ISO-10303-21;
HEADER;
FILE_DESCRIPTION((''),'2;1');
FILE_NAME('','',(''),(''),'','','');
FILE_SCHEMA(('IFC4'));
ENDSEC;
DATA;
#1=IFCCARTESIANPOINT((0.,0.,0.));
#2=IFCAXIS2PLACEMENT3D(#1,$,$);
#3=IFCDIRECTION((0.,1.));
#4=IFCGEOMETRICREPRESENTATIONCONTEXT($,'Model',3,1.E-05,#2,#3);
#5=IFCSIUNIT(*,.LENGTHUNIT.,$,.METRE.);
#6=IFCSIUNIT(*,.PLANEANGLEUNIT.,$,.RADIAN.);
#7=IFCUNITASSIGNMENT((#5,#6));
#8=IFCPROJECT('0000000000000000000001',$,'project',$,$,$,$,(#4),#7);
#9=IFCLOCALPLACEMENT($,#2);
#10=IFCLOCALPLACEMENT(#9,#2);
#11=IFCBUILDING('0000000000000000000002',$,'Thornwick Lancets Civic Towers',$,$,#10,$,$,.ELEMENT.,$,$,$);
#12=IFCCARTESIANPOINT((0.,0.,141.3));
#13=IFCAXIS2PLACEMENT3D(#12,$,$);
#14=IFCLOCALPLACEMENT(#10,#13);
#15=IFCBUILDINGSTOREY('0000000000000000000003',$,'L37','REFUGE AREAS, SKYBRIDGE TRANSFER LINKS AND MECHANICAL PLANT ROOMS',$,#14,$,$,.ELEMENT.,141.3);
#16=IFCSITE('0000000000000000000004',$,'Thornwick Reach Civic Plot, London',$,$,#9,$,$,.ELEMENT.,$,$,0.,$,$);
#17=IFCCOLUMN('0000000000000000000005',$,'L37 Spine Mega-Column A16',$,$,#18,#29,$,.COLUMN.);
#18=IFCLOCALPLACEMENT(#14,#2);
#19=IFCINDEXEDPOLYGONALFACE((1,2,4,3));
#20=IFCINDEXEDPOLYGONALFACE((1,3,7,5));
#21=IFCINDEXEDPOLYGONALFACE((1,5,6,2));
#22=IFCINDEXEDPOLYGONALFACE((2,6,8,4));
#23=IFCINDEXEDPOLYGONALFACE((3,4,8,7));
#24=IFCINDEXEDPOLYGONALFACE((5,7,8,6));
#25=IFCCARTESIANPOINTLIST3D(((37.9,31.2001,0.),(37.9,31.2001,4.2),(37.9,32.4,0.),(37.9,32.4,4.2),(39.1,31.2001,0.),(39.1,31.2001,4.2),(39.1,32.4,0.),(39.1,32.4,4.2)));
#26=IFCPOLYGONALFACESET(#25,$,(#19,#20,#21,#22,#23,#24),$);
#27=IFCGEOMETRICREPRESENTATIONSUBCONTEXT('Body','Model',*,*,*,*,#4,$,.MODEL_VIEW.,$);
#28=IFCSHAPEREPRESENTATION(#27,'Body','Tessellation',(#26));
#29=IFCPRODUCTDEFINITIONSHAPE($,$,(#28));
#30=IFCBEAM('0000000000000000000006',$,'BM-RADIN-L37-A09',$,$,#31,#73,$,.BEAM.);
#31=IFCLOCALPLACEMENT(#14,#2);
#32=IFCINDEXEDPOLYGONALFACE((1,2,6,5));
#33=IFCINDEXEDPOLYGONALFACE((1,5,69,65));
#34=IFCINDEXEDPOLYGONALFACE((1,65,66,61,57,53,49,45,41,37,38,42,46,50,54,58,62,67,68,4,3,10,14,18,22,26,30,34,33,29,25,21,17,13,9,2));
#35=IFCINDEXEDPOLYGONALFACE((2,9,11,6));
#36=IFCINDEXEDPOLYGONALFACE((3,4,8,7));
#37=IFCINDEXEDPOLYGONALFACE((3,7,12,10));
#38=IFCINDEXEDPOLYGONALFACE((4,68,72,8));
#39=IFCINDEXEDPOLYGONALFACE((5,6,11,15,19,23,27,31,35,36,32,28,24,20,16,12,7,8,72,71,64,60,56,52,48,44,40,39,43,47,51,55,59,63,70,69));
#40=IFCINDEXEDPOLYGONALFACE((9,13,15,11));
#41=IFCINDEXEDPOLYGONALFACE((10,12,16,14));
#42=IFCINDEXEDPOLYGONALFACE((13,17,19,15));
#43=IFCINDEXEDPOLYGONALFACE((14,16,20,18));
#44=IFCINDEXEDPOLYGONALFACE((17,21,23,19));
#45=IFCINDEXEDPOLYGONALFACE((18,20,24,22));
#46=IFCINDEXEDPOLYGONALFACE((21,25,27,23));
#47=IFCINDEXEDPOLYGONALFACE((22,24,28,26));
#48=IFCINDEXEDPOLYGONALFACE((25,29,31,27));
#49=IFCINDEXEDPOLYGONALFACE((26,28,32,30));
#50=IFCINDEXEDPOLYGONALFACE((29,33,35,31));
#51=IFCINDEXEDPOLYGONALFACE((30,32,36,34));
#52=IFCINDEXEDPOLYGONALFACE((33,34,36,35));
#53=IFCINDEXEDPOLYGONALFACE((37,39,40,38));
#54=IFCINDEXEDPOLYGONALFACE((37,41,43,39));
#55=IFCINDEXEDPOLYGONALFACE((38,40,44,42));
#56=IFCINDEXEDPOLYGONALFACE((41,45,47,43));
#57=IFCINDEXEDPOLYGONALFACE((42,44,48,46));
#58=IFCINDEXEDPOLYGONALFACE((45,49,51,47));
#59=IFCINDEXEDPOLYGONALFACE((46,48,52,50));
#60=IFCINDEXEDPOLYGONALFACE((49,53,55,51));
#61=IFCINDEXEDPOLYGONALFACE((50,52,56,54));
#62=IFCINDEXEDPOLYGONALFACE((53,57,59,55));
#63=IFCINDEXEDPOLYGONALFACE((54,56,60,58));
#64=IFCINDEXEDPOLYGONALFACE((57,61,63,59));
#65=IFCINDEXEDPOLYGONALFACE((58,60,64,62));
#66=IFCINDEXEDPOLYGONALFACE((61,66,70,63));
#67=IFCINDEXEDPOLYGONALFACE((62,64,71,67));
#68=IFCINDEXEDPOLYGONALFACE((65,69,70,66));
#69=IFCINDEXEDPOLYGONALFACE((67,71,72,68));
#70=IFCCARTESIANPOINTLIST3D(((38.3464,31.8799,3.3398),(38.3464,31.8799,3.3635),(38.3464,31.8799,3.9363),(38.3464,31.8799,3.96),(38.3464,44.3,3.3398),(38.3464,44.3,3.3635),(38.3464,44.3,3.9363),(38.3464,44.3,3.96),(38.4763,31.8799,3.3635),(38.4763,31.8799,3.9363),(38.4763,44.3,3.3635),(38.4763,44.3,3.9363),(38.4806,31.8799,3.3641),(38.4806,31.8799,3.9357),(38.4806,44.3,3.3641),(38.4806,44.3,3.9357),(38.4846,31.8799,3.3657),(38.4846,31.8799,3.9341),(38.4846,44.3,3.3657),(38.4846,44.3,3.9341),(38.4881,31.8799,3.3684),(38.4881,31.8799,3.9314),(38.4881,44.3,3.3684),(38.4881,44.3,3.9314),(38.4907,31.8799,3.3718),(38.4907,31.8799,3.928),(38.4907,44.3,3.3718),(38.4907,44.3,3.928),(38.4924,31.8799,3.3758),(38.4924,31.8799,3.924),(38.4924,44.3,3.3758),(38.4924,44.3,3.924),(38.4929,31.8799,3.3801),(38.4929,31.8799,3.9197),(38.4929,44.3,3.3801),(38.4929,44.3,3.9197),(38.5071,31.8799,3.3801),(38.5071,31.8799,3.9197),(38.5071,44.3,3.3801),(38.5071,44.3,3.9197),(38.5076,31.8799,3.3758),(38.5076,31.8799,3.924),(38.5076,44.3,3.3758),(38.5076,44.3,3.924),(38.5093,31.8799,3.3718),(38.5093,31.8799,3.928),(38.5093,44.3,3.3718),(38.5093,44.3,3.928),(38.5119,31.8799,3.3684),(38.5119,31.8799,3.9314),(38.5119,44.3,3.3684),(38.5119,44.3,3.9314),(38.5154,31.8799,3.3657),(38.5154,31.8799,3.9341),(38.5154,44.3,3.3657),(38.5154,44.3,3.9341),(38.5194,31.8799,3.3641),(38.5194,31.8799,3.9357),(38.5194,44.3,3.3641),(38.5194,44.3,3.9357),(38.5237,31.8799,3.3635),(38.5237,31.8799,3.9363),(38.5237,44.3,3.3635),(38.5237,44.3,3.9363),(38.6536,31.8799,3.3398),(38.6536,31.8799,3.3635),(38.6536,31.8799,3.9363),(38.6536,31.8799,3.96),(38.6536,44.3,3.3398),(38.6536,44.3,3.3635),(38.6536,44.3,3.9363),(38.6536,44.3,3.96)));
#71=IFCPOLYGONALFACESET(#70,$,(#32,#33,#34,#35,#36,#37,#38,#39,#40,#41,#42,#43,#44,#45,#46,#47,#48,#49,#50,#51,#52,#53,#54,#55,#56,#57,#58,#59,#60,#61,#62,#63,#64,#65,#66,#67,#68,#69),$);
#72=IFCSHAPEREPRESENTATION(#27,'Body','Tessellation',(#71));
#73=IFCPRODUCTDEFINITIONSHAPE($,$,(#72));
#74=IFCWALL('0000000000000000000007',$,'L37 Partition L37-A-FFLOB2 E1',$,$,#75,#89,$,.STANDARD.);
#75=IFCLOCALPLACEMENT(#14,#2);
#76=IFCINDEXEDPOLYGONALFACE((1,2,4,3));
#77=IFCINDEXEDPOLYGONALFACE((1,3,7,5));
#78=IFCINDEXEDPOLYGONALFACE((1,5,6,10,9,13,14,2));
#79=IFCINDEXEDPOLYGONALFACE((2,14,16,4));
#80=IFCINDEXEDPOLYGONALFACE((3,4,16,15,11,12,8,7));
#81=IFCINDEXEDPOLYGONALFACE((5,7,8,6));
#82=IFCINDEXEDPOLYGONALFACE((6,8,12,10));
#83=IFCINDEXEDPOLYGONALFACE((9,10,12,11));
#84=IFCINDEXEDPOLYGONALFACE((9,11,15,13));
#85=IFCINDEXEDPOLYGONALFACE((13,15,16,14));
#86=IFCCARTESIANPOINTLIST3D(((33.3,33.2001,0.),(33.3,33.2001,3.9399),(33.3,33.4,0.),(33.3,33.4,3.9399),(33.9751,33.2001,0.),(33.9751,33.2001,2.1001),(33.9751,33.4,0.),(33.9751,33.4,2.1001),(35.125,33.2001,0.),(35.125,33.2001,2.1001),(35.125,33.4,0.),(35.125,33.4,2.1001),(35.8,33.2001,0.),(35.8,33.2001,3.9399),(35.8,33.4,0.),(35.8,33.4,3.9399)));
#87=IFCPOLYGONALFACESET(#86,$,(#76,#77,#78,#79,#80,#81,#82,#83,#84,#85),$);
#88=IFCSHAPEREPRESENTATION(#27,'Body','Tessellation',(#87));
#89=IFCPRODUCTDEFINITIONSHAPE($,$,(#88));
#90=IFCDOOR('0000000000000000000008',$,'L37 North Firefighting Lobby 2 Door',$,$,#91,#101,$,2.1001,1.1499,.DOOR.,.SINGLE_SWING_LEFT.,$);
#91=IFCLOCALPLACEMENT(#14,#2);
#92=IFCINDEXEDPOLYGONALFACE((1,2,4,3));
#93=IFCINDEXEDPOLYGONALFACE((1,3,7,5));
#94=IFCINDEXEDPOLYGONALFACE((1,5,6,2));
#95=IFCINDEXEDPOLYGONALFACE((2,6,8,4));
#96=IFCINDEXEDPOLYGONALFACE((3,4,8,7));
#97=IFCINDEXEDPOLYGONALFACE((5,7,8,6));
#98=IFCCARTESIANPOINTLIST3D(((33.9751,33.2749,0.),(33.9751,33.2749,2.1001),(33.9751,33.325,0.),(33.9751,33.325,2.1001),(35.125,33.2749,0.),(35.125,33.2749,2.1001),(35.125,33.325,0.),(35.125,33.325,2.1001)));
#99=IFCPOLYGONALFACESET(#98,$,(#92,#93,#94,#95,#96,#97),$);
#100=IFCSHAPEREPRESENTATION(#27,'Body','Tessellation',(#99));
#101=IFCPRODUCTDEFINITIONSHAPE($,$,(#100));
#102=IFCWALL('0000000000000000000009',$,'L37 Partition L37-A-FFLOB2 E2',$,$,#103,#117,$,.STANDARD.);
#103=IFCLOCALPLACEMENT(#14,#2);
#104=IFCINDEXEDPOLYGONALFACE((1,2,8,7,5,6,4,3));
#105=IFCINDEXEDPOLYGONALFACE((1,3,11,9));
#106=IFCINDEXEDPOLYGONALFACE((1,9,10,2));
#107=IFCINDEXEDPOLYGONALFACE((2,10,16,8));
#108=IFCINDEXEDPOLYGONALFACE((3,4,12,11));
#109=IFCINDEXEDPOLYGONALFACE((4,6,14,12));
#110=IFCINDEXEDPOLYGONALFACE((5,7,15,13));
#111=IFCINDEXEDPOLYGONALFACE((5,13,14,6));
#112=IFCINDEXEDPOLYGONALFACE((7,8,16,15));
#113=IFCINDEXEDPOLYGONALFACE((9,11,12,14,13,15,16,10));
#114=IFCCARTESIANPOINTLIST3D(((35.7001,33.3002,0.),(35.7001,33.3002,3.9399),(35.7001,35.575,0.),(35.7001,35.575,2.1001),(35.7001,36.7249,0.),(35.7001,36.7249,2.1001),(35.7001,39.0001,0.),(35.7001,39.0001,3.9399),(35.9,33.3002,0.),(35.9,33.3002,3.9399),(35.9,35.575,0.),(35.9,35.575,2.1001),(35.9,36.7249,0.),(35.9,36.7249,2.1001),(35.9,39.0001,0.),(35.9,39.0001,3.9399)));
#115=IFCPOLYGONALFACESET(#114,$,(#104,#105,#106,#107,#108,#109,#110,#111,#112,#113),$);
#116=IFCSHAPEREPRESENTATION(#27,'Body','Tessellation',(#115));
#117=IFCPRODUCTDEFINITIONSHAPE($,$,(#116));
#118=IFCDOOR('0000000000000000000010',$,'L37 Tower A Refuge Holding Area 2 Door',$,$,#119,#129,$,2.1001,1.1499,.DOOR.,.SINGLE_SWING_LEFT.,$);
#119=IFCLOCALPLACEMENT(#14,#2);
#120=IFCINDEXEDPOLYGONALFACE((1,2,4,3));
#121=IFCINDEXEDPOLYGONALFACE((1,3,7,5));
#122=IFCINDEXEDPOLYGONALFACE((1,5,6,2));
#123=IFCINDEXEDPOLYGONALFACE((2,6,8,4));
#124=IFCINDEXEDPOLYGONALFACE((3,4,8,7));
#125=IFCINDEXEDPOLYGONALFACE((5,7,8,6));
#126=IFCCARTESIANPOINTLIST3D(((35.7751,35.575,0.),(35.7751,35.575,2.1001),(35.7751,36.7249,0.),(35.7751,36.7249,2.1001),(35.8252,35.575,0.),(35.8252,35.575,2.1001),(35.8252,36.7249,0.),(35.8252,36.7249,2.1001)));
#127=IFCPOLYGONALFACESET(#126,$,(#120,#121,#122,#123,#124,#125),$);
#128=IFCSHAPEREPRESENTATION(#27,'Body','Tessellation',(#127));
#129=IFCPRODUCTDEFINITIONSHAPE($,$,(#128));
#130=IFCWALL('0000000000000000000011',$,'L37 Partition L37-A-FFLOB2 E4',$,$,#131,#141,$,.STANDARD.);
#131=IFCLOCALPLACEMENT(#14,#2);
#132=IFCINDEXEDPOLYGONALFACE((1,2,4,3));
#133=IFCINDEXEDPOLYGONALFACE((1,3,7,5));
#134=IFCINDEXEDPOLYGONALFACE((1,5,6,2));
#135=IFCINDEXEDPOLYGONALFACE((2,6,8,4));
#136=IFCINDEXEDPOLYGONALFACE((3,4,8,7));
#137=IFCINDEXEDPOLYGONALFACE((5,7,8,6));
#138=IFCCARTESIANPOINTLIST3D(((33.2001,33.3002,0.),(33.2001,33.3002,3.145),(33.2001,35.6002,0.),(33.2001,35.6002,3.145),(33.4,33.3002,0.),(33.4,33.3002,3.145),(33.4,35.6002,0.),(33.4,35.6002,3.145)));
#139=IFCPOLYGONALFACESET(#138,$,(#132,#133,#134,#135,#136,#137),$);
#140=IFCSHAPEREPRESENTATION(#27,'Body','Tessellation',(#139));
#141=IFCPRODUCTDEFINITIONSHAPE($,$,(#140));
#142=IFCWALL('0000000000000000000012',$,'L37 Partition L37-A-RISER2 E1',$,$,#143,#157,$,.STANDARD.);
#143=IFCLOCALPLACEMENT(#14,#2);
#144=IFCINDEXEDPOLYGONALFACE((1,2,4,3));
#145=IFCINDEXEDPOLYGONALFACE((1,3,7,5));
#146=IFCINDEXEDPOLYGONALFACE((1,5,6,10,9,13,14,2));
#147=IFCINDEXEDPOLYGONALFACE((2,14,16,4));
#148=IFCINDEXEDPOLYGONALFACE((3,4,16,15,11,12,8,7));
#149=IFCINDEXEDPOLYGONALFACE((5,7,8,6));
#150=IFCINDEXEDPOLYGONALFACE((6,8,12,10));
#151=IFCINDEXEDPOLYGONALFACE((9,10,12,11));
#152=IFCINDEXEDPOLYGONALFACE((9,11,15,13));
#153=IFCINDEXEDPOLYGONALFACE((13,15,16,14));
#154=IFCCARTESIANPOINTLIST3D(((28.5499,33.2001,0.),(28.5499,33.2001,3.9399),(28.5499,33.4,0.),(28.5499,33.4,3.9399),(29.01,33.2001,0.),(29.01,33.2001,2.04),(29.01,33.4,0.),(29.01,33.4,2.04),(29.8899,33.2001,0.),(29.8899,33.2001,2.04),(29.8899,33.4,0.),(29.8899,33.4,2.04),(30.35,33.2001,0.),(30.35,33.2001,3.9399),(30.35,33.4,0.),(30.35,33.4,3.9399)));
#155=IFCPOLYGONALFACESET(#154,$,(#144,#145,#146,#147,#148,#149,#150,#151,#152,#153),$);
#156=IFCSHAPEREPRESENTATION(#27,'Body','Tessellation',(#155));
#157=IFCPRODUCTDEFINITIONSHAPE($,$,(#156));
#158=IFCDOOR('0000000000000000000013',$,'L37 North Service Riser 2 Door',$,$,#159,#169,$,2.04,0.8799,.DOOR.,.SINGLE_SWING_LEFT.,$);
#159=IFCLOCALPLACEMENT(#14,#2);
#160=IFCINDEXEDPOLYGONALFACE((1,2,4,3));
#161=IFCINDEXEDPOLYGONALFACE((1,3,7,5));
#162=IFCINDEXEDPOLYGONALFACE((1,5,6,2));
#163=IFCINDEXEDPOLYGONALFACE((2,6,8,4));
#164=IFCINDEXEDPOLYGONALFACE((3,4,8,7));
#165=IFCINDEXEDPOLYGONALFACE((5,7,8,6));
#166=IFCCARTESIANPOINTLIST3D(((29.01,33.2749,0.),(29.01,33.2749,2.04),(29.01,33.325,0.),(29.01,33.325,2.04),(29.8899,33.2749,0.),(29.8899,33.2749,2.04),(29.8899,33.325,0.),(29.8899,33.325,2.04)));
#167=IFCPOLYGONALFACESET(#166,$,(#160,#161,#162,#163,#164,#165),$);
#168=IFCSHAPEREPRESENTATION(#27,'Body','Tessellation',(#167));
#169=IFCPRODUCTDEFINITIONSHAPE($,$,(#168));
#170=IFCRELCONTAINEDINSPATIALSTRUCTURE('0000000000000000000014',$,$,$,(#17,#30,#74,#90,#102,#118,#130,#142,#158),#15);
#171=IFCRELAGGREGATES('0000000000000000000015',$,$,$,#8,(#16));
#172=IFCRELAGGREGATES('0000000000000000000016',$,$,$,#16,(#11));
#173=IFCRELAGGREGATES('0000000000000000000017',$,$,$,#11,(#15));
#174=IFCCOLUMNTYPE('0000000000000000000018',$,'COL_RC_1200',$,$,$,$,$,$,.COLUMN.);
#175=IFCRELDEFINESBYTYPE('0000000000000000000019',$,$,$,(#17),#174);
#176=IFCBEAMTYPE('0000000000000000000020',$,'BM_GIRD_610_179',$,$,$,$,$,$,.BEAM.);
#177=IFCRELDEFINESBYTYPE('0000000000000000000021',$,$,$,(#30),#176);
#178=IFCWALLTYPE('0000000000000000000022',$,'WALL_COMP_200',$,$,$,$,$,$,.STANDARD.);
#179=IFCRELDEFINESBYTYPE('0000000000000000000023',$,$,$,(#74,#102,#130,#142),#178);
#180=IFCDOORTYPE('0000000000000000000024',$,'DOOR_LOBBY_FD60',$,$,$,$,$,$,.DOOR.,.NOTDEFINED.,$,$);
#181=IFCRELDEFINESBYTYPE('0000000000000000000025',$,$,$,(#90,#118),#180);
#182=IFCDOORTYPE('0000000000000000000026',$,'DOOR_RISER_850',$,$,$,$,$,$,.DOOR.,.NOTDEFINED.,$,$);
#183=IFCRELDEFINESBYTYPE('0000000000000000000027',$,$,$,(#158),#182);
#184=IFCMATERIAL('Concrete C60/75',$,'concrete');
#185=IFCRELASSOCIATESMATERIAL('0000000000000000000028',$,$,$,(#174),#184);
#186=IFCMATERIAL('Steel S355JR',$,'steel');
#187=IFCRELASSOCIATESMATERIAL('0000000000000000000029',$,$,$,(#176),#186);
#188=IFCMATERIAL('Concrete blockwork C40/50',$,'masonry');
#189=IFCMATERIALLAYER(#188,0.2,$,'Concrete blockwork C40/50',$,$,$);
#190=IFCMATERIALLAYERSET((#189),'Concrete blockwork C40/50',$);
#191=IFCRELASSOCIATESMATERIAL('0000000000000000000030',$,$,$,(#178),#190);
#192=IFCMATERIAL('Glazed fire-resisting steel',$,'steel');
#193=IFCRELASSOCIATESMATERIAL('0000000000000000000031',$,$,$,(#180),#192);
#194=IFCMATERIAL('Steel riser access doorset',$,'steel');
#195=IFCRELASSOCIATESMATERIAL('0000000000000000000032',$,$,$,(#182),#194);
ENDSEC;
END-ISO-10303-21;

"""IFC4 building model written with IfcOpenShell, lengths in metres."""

from ifc_helpers import new_model, si_unit, direction, frame, frame_2d, origin, origin_2d, place, context, subcontext, project, spatial, rectangle, i_section, extrude, material, layer, layer_set, material_profile, profile_set, type_object, element, fill, save


model = new_model("IFC4")

# Units and contexts
model_context = context("Model", 3, precision=1e-05, world=origin(), true_north=direction((0.0, 1.0)))
body_context = subcontext(model_context, "Body", "Model", "MODEL_VIEW")
ifc_project = project(units=[si_unit("LENGTHUNIT", "METRE"), si_unit("PLANEANGLEUNIT", "RADIAN")], contexts=[model_context])

# Site, building, storey
site_placement = place(None, origin())
site = spatial("IfcSite", under=ifc_project, at=site_placement, Name="Thornwick Reach Civic Plot, London", CompositionType="ELEMENT", RefElevation=0.0)
building_placement = place(site_placement, origin())
building = spatial("IfcBuilding", under=site, at=building_placement, Name="Thornwick Lancets Civic Towers", CompositionType="ELEMENT")
storey_placement = place(building_placement, frame((0.0, 0.0, 141.3)))
storey = spatial("IfcBuildingStorey", under=building, at=storey_placement, Name="L37", Description="REFUGE AREAS, SKYBRIDGE TRANSFER LINKS AND MECHANICAL PLANT ROOMS", CompositionType="ELEMENT", Elevation=141.3)

# Column
ifc_material_1 = material(Name="Concrete C60/75", Category="concrete")
ifc_material_profile_1 = material_profile(ifc_material_1, rectangle(XDim=1.2, YDim=1.2, at=origin_2d()), Name="RC 1200x1200")
ifc_profile_set_1 = profile_set([ifc_material_profile_1], Name="Concrete C60/75")
column_type = type_object("IfcColumnType", Name="COL_RC_1200", PredefinedType="COLUMN", material=ifc_profile_set_1)
column_placement = place(storey_placement, frame((38.5, 31.8, 0.0), z_axis=(0.0, 0.0, 1.0), x_axis=(1.0, 0.0, 0.0)))
element("IfcColumn", 1, at=column_placement, inside=storey, type_object=column_type, Name="L37 Spine Mega-Column A16", PredefinedType="COLUMN", context=body_context, shape_type="SweptSolid", body=[
    extrude(rectangle(XDim=1.2, YDim=1.2, at=origin_2d()), origin(), (0.0, 0.0, 1.0), 4.2),
])

# Beam
ifc_material_2 = material(Name="Steel S355JR", Category="steel")
ifc_material_profile_2 = material_profile(ifc_material_2, i_section(OverallWidth=0.3071, OverallDepth=0.6201, WebThickness=0.0142, FlangeThickness=0.0237, FilletRadius=0.0166, at=origin_2d()), Name="UKB 610x305x179")
ifc_profile_set_2 = profile_set([ifc_material_profile_2], Name="Steel S355JR")
beam_type = type_object("IfcBeamType", Name="BM_GIRD_610_179", PredefinedType="BEAM", material=ifc_profile_set_2)
beam_placement = place(storey_placement, frame((38.5, 31.8799, 3.6499), z_axis=(0.0, 1.0, 0.0), x_axis=(-1.0, 0.0, 0.0)))
element("IfcBeam", 2, at=beam_placement, inside=storey, type_object=beam_type, Name="BM-RADIN-L37-A09", PredefinedType="BEAM", context=body_context, shape_type="SweptSolid", body=[
    extrude(i_section(OverallWidth=0.3071, OverallDepth=0.6201, WebThickness=0.0142, FlangeThickness=0.0237, FilletRadius=0.0166, at=origin_2d()), origin(), (0.0, 0.0, 1.0), 12.4202),
])

# Walls, openings, doors
ifc_material_3 = material(Name="Concrete blockwork C40/50", Category="masonry")
ifc_layer_1 = layer(ifc_material_3, 0.2, Name="Concrete blockwork C40/50")
ifc_layer_set_1 = layer_set([ifc_layer_1], Name="Concrete blockwork C40/50")
wall_type_1 = type_object("IfcWallType", Name="WALL_COMP_200", PredefinedType="STANDARD", material=ifc_layer_set_1)
wall_1_placement = place(storey_placement, frame((33.3, 33.3, 0.0), z_axis=(0.0, 0.0, 1.0), x_axis=(1.0, 0.0, 0.0)))
wall_1 = element("IfcWall", 3, at=wall_1_placement, inside=storey, type_object=wall_type_1, Name="L37 Partition L37-A-FFLOB2 E1", PredefinedType="STANDARD", context=body_context, shape_type="SweptSolid", body=[
    extrude(rectangle(XDim=2.5, YDim=0.2, at=frame_2d((1.25, 0.0))), origin(), (0.0, 0.0, 1.0), 3.9399),
])
opening_1_placement = place(wall_1_placement, frame((0.675, 0.0, 0.0)))
opening_1 = element("IfcOpeningElement", 4, at=opening_1_placement, cuts=wall_1, PredefinedType="OPENING", context=body_context, shape_type="SweptSolid", body=[
    extrude(rectangle(XDim=1.1499, YDim=2.1001, at=frame_2d((0.575, 1.05))), frame((0.0, 0.1099, 0.0), z_axis=(0.0, -1.0, 0.0), x_axis=(1.0, 0.0, 0.0)), (0.0, 0.0, 1.0), 0.22),
])
ifc_material_4 = material(Name="Glazed fire-resisting steel", Category="steel")
door_type_1 = type_object("IfcDoorType", Name="DOOR_LOBBY_FD60", OperationType="NOTDEFINED", PredefinedType="DOOR", material=ifc_material_4)
door_1_placement = place(opening_1_placement, origin())
door_1 = element("IfcDoor", 5, at=door_1_placement, inside=storey, type_object=door_type_1, Name="L37 North Firefighting Lobby 2 Door", OperationType="SINGLE_SWING_LEFT", OverallHeight=2.1001, OverallWidth=1.1499, PredefinedType="DOOR", context=body_context, shape_type="SweptSolid", body=[
    extrude(rectangle(XDim=1.1499, YDim=2.1001, at=frame_2d((0.575, 1.05))), frame((0.0, 0.0249, 0.0), z_axis=(0.0, -1.0, 0.0), x_axis=(1.0, 0.0, 0.0)), (0.0, 0.0, 1.0), 0.05),
])
fill(opening_1, door_1)
wall_2_placement = place(storey_placement, frame((35.8, 33.3, 0.0), z_axis=(0.0, 0.0, 1.0), x_axis=(0.0, 1.0, 0.0)))
wall_2 = element("IfcWall", 6, at=wall_2_placement, inside=storey, type_object=wall_type_1, Name="L37 Partition L37-A-FFLOB2 E2", PredefinedType="STANDARD", context=body_context, shape_type="SweptSolid", body=[
    extrude(rectangle(XDim=5.7, YDim=0.2, at=frame_2d((2.8501, 0.0))), origin(), (0.0, 0.0, 1.0), 3.9399),
])
opening_2_placement = place(wall_2_placement, frame((2.2749, 0.0, 0.0)))
opening_2 = element("IfcOpeningElement", 7, at=opening_2_placement, cuts=wall_2, PredefinedType="OPENING", context=body_context, shape_type="SweptSolid", body=[
    extrude(rectangle(XDim=1.1499, YDim=2.1001, at=frame_2d((0.575, 1.05))), frame((0.0, 0.1099, 0.0), z_axis=(0.0, -1.0, 0.0), x_axis=(1.0, 0.0, 0.0)), (0.0, 0.0, 1.0), 0.22),
])
door_2_placement = place(opening_2_placement, origin())
door_2 = element("IfcDoor", 8, at=door_2_placement, inside=storey, type_object=door_type_1, Name="L37 Tower A Refuge Holding Area 2 Door", OperationType="SINGLE_SWING_LEFT", OverallHeight=2.1001, OverallWidth=1.1499, PredefinedType="DOOR", context=body_context, shape_type="SweptSolid", body=[
    extrude(rectangle(XDim=1.1499, YDim=2.1001, at=frame_2d((0.575, 1.05))), frame((0.0, 0.0249, 0.0), z_axis=(0.0, -1.0, 0.0), x_axis=(1.0, 0.0, 0.0)), (0.0, 0.0, 1.0), 0.05),
])
fill(opening_2, door_2)

# Wall
wall_3_placement = place(storey_placement, frame((33.3, 35.6001, 0.0), z_axis=(0.0, 0.0, 1.0), x_axis=(0.0, -1.0, 0.0)))
element("IfcWall", 9, at=wall_3_placement, inside=storey, type_object=wall_type_1, Name="L37 Partition L37-A-FFLOB2 E4", PredefinedType="STANDARD", context=body_context, shape_type="SweptSolid", body=[
    extrude(rectangle(XDim=2.3, YDim=0.2, at=frame_2d((1.1499, 0.0))), origin(), (0.0, 0.0, 1.0), 3.145),
])

# Wall, opening, door
wall_4_placement = place(storey_placement, frame((28.55, 33.3, 0.0), z_axis=(0.0, 0.0, 1.0), x_axis=(1.0, 0.0, 0.0)))
wall_4 = element("IfcWall", 10, at=wall_4_placement, inside=storey, type_object=wall_type_1, Name="L37 Partition L37-A-RISER2 E1", PredefinedType="STANDARD", context=body_context, shape_type="SweptSolid", body=[
    extrude(rectangle(XDim=1.8, YDim=0.2, at=frame_2d((0.8999, 0.0))), origin(), (0.0, 0.0, 1.0), 3.9399),
])
opening_3_placement = place(wall_4_placement, frame((0.46, 0.0, 0.0)))
opening_3 = element("IfcOpeningElement", 11, at=opening_3_placement, cuts=wall_4, PredefinedType="OPENING", context=body_context, shape_type="SweptSolid", body=[
    extrude(rectangle(XDim=0.8799, YDim=2.04, at=frame_2d((0.4399, 1.02))), frame((0.0, 0.1099, 0.0), z_axis=(0.0, -1.0, 0.0), x_axis=(1.0, 0.0, 0.0)), (0.0, 0.0, 1.0), 0.22),
])
ifc_material_5 = material(Name="Steel riser access doorset", Category="steel")
door_type_2 = type_object("IfcDoorType", Name="DOOR_RISER_850", OperationType="NOTDEFINED", PredefinedType="DOOR", material=ifc_material_5)
door_3_placement = place(opening_3_placement, origin())
door_3 = element("IfcDoor", 12, at=door_3_placement, inside=storey, type_object=door_type_2, Name="L37 North Service Riser 2 Door", OperationType="SINGLE_SWING_LEFT", OverallHeight=2.04, OverallWidth=0.8799, PredefinedType="DOOR", context=body_context, shape_type="SweptSolid", body=[
    extrude(rectangle(XDim=0.8799, YDim=2.04, at=frame_2d((0.4399, 1.02))), frame((0.0, 0.0249, 0.0), z_axis=(0.0, -1.0, 0.0), x_axis=(1.0, 0.0, 0.0)), (0.0, 0.0, 1.0), 0.05),
])
fill(opening_3, door_3)

save(model, "model.ifc")
